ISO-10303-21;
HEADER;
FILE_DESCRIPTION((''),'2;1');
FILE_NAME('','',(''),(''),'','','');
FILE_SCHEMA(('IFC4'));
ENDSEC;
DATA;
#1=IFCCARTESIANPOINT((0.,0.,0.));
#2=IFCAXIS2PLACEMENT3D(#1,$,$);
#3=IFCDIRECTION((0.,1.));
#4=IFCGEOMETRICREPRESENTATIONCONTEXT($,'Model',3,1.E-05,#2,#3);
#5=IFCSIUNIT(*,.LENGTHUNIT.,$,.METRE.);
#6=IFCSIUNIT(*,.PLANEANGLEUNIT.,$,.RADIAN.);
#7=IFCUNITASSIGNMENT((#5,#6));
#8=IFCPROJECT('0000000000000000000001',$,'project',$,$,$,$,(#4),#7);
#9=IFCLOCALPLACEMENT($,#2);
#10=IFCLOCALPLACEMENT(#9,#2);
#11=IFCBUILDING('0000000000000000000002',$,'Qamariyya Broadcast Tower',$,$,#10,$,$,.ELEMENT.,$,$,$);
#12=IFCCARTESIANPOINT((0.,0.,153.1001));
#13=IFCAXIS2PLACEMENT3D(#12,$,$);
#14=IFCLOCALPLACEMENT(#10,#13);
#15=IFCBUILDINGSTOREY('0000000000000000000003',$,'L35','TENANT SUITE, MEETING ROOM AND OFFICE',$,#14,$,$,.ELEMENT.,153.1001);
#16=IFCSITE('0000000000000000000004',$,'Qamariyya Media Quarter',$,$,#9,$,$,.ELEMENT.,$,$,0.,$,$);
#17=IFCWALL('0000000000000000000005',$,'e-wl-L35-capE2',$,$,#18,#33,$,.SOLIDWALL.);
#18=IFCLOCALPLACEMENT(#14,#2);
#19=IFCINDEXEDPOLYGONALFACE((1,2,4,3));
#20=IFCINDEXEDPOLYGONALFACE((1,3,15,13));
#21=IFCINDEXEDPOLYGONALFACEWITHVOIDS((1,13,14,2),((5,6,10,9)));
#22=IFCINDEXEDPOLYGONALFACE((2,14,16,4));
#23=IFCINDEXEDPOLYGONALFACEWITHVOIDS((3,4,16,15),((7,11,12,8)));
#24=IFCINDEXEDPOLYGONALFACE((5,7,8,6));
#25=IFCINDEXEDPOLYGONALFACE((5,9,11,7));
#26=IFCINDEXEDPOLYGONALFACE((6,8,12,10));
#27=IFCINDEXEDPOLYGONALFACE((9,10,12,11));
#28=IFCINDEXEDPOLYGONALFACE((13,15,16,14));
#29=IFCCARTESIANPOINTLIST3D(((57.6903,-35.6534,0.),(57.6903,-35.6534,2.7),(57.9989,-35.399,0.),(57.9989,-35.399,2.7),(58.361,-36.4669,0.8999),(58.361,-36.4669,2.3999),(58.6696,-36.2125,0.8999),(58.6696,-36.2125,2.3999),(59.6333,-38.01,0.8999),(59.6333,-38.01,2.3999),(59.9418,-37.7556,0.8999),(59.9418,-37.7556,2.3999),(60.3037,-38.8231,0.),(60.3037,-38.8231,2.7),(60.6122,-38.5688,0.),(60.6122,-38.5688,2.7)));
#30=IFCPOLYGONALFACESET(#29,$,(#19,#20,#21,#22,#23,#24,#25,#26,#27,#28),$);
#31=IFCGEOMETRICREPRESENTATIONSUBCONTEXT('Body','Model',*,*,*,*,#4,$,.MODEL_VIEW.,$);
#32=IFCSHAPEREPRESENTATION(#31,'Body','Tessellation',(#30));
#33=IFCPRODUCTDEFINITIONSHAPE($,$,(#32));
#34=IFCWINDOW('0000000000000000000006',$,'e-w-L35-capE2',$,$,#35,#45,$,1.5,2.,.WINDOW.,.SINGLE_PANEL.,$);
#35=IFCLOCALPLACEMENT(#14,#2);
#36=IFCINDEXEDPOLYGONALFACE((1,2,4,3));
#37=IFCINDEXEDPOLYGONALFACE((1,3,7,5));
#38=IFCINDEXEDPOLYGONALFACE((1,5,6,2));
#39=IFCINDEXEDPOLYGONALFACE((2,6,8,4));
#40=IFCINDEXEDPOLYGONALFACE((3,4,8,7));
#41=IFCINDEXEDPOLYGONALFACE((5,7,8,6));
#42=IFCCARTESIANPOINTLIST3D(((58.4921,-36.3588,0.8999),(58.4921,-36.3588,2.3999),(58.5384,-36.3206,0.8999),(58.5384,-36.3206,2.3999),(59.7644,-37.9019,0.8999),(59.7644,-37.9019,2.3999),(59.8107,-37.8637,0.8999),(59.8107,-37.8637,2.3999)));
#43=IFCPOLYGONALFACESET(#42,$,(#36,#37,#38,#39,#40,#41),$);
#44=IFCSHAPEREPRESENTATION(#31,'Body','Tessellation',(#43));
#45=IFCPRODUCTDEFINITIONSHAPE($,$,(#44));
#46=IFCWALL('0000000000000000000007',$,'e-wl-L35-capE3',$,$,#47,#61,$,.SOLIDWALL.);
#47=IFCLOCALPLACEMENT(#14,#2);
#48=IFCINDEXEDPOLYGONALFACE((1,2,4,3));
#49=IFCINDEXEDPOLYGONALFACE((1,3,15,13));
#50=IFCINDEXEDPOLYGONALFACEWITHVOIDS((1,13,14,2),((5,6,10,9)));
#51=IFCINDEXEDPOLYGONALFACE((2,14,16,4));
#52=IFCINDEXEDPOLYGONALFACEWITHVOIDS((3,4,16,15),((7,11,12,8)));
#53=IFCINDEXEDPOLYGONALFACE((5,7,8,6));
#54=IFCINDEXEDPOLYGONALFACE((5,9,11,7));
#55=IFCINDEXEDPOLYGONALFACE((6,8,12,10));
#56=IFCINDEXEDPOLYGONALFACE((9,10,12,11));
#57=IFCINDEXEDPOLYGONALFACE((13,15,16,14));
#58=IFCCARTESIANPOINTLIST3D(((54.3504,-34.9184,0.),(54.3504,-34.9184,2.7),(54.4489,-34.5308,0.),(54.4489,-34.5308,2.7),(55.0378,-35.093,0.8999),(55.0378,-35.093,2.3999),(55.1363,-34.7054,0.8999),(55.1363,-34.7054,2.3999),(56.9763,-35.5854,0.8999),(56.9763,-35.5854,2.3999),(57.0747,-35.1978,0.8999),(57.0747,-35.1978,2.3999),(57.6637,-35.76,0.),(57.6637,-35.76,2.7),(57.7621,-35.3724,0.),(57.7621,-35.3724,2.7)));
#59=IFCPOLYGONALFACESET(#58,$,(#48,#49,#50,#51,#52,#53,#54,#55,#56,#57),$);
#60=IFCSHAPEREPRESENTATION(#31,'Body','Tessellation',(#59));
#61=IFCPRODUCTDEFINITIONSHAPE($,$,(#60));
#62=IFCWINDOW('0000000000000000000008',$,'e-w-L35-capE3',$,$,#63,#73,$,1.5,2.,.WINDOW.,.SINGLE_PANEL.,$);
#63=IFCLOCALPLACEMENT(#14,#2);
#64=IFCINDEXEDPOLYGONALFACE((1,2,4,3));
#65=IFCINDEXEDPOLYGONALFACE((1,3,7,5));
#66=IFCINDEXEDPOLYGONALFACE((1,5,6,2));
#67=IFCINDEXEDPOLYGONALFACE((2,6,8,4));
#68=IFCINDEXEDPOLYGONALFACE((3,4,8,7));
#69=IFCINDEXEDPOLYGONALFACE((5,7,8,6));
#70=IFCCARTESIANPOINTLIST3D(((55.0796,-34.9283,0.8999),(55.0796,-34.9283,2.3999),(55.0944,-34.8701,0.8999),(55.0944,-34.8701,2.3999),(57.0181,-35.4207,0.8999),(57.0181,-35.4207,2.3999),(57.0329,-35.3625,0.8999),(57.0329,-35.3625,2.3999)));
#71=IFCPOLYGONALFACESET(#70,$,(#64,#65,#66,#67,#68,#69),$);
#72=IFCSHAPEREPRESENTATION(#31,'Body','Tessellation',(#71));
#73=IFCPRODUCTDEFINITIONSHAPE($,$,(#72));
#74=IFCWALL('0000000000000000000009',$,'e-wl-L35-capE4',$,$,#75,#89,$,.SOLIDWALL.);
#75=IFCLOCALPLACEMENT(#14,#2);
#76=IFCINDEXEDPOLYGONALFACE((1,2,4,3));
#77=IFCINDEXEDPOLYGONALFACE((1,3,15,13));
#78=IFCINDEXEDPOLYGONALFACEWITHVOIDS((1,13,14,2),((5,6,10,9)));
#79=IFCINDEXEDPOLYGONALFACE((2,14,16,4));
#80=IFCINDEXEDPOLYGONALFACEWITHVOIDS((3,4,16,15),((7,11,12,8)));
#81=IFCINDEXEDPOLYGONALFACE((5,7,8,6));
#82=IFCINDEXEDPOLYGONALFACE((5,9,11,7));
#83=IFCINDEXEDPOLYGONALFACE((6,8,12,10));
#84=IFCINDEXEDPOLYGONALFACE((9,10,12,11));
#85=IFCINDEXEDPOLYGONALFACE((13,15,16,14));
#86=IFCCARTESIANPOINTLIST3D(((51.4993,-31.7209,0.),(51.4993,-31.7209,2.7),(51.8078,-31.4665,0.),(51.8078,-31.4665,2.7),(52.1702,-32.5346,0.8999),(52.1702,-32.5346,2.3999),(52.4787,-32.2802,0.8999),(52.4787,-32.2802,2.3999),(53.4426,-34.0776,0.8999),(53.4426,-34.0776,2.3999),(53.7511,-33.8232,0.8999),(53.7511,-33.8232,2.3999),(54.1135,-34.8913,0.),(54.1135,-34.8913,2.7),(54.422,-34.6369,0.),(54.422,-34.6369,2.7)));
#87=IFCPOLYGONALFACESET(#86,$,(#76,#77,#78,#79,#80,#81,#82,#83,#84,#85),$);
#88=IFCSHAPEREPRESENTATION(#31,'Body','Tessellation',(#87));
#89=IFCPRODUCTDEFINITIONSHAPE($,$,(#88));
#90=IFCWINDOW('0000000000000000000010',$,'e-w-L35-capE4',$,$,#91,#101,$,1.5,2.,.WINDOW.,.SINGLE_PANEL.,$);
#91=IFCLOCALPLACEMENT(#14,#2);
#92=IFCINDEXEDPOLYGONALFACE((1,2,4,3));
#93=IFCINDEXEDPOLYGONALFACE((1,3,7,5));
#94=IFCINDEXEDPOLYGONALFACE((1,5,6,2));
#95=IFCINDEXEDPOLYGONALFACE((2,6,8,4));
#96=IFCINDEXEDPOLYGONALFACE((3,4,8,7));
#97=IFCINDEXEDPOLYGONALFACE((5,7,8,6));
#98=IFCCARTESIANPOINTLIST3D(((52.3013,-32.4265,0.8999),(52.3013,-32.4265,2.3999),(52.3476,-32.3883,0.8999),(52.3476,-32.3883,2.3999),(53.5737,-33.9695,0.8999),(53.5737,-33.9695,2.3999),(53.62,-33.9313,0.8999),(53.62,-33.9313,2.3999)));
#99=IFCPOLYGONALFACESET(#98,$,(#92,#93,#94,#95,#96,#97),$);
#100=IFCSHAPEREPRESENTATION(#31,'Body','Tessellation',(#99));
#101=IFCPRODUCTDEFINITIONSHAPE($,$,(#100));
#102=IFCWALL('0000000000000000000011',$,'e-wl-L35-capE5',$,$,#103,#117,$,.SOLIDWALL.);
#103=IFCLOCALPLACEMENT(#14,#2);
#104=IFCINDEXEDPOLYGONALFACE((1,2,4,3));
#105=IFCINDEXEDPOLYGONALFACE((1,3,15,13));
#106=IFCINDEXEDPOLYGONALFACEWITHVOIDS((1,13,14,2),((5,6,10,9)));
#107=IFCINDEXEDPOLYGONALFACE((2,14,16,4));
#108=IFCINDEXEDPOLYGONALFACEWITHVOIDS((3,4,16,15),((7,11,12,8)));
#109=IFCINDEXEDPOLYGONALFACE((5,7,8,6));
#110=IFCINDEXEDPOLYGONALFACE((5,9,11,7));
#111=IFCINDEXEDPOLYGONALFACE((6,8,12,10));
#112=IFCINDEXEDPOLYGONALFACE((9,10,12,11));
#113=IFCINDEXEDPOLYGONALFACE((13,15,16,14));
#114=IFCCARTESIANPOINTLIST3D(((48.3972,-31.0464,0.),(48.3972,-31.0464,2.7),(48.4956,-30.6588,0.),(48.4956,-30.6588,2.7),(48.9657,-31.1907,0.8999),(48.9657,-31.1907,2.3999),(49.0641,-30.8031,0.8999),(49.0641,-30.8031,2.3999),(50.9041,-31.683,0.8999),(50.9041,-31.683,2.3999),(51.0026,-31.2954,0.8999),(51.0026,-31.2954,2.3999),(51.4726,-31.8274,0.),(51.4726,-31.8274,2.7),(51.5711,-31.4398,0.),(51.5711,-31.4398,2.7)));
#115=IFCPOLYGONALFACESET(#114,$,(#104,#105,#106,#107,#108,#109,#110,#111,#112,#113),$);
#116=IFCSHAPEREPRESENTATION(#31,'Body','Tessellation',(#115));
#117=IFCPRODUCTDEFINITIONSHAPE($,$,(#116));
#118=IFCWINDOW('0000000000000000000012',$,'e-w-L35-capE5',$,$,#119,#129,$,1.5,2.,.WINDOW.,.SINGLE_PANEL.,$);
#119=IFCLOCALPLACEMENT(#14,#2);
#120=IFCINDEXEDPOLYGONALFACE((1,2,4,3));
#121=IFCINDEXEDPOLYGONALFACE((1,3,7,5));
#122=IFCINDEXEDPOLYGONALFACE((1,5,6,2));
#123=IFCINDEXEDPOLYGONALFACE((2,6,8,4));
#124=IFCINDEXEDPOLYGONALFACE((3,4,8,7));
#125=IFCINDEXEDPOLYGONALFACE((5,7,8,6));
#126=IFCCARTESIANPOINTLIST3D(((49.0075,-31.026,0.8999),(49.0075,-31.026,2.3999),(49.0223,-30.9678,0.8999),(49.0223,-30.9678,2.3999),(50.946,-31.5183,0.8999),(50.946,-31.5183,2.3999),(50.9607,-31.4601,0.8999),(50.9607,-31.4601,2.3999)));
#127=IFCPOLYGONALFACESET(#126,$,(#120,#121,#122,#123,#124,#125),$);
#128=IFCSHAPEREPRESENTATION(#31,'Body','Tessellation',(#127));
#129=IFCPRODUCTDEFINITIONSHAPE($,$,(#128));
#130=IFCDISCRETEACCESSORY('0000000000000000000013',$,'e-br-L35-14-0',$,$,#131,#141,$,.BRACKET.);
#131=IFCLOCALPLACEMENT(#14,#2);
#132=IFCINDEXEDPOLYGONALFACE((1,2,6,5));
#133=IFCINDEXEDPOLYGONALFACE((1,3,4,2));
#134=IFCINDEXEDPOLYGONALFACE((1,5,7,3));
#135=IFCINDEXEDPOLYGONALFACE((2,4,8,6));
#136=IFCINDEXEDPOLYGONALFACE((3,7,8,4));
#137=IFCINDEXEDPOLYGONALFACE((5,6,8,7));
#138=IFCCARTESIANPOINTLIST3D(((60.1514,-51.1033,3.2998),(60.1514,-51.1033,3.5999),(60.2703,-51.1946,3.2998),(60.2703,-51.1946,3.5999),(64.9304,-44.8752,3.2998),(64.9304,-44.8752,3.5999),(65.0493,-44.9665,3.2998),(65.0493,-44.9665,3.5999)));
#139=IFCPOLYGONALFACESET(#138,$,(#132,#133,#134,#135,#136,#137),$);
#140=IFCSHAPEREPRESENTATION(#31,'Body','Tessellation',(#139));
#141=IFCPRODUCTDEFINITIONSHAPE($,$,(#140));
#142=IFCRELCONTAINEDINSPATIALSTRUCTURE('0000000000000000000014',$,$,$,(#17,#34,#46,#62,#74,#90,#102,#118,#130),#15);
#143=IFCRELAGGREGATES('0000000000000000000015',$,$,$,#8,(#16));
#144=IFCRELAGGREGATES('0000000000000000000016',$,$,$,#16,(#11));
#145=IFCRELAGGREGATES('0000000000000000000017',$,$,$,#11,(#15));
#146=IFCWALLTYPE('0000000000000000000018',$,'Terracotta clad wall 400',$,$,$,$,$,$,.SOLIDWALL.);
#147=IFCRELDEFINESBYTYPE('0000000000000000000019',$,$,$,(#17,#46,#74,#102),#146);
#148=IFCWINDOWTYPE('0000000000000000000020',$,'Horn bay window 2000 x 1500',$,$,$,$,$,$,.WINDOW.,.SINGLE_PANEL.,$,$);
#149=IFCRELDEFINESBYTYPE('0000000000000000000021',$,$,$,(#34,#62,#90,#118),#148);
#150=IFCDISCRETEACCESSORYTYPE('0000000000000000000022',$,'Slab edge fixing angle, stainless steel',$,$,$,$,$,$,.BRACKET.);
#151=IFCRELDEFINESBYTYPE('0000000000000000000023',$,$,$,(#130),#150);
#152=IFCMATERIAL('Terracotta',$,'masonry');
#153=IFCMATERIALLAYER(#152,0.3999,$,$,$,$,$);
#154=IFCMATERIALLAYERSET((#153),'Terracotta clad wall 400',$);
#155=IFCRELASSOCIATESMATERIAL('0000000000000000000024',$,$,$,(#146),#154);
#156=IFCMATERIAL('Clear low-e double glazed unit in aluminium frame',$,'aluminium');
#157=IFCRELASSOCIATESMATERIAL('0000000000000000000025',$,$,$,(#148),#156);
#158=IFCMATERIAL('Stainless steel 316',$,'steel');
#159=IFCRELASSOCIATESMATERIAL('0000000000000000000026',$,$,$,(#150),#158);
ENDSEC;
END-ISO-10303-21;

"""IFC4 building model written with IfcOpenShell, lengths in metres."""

from ifc_helpers import new_model, si_unit, direction, frame, frame_2d, origin, origin_2d, place, context, subcontext, project, spatial, rectangle, extrude, material, layer, layer_set, type_object, element, fill, save


model = new_model("IFC4")

# Units and contexts
model_context = context("Model", 3, precision=1e-05, world=origin(), true_north=direction((0.0, 1.0)))
body_context = subcontext(model_context, "Body", "Model", "MODEL_VIEW")
ifc_project = project(units=[si_unit("LENGTHUNIT", "METRE"), si_unit("PLANEANGLEUNIT", "RADIAN")], contexts=[model_context])

# Site, building, storey
site_placement = place(None, origin())
site = spatial("IfcSite", under=ifc_project, at=site_placement, Name="Qamariyya Media Quarter", CompositionType="ELEMENT", RefElevation=0.0)
building_placement = place(site_placement, origin())
building = spatial("IfcBuilding", under=site, at=building_placement, Name="Qamariyya Broadcast Tower", CompositionType="ELEMENT")
storey_placement = place(building_placement, frame((0.0, 0.0, 153.1001)))
storey = spatial("IfcBuildingStorey", under=building, at=storey_placement, Name="L35", Description="TENANT SUITE, MEETING ROOM AND OFFICE", CompositionType="ELEMENT", Elevation=153.1001)

# Walls, openings, windows
ifc_material_1 = material(Name="Terracotta", Category="masonry")
ifc_layer = layer(ifc_material_1, 0.3999)
ifc_layer_set = layer_set([ifc_layer], Name="Terracotta clad wall 400")
wall_type = type_object("IfcWallType", Name="Terracotta clad wall 400", PredefinedType="SOLIDWALL", material=ifc_layer_set)
ifc_material_2 = material(Name="Clear low-e double glazed unit in aluminium frame", Category="aluminium")
window_type = type_object("IfcWindowType", Name="Horn bay window 2000 x 1500", PartitioningType="SINGLE_PANEL", PredefinedType="WINDOW", material=ifc_material_2)
wall_1_placement = place(storey_placement, frame((60.458, -38.696, 0.0), z_axis=(0.0, 0.0, 1.0), x_axis=(-0.636136, 0.771577, 0.0)))
wall_1 = element("IfcWall", 1, at=wall_1_placement, inside=storey, type_object=wall_type, Name="e-wl-L35-capE2", PredefinedType="SOLIDWALL", context=body_context, shape_type="SweptSolid", body=[
    extrude(rectangle(XDim=4.1082, YDim=0.3999, at=frame_2d((2.0542, 0.0))), origin(), (0.0, 0.0, 1.0), 2.7),
])
opening_1_placement = place(wall_1_placement, frame((1.054, 0.0, 0.8999)))
opening_1 = element("IfcOpeningElement", 2, at=opening_1_placement, cuts=wall_1, PredefinedType="OPENING", context=body_context, shape_type="SweptSolid", body=[
    extrude(rectangle(XDim=2.0, YDim=1.5, at=frame_2d((1.0, 0.75))), frame((0.0, 0.21, 0.0), z_axis=(0.0, -1.0, 0.0), x_axis=(1.0, 0.0, 0.0)), (0.0, 0.0, 1.0), 0.4199),
])
window_1_placement = place(opening_1_placement, origin())
window_1 = element("IfcWindow", 3, at=window_1_placement, inside=storey, type_object=window_type, Name="e-w-L35-capE2", OverallHeight=1.5, OverallWidth=2.0, PartitioningType="SINGLE_PANEL", PredefinedType="WINDOW", context=body_context, shape_type="SweptSolid", body=[
    extrude(rectangle(XDim=2.0, YDim=1.5, at=frame_2d((1.0, 0.75))), frame((0.0, 0.03, 0.0), z_axis=(0.0, -1.0, 0.0), x_axis=(1.0, 0.0, 0.0)), (0.0, 0.0, 1.0), 0.0601),
])
fill(opening_1, window_1)
wall_2_placement = place(storey_placement, frame((57.7129, -35.5662, 0.0), z_axis=(0.0, 0.0, 1.0), x_axis=(-0.969224, 0.24618, 0.0)))
wall_2 = element("IfcWall", 4, at=wall_2_placement, inside=storey, type_object=wall_type, Name="e-wl-L35-capE3", PredefinedType="SOLIDWALL", context=body_context, shape_type="SweptSolid", body=[
    extrude(rectangle(XDim=3.4185, YDim=0.3999, at=frame_2d((1.7092, 0.0))), origin(), (0.0, 0.0, 1.0), 2.7),
])
opening_2_placement = place(wall_2_placement, frame((0.7092, 0.0, 0.8999)))
opening_2 = element("IfcOpeningElement", 5, at=opening_2_placement, cuts=wall_2, PredefinedType="OPENING", context=body_context, shape_type="SweptSolid", body=[
    extrude(rectangle(XDim=2.0, YDim=1.5, at=frame_2d((1.0, 0.75))), frame((0.0, 0.21, 0.0), z_axis=(0.0, -1.0, 0.0), x_axis=(1.0, 0.0, 0.0)), (0.0, 0.0, 1.0), 0.4199),
])
window_2_placement = place(opening_2_placement, origin())
window_2 = element("IfcWindow", 6, at=window_2_placement, inside=storey, type_object=window_type, Name="e-w-L35-capE3", OverallHeight=1.5, OverallWidth=2.0, PartitioningType="SINGLE_PANEL", PredefinedType="WINDOW", context=body_context, shape_type="SweptSolid", body=[
    extrude(rectangle(XDim=2.0, YDim=1.5, at=frame_2d((1.0, 0.75))), frame((0.0, 0.03, 0.0), z_axis=(0.0, -1.0, 0.0), x_axis=(1.0, 0.0, 0.0)), (0.0, 0.0, 1.0), 0.0601),
])
fill(opening_2, window_2)
wall_3_placement = place(storey_placement, frame((54.2678, -34.7642, 0.0), z_axis=(0.0, 0.0, 1.0), x_axis=(-0.63619, 0.771532, 0.0)))
wall_3 = element("IfcWall", 7, at=wall_3_placement, inside=storey, type_object=wall_type, Name="e-wl-L35-capE4", PredefinedType="SOLIDWALL", context=body_context, shape_type="SweptSolid", body=[
    extrude(rectangle(XDim=4.1091, YDim=0.3999, at=frame_2d((2.0547, 0.0))), origin(), (0.0, 0.0, 1.0), 2.7),
])
opening_3_placement = place(wall_3_placement, frame((1.0547, 0.0, 0.8999)))
opening_3 = element("IfcOpeningElement", 8, at=opening_3_placement, cuts=wall_3, PredefinedType="OPENING", context=body_context, shape_type="SweptSolid", body=[
    extrude(rectangle(XDim=2.0, YDim=1.5, at=frame_2d((1.0, 0.75))), frame((0.0, 0.21, 0.0), z_axis=(0.0, -1.0, 0.0), x_axis=(1.0, 0.0, 0.0)), (0.0, 0.0, 1.0), 0.4199),
])
window_3_placement = place(opening_3_placement, origin())
window_3 = element("IfcWindow", 9, at=window_3_placement, inside=storey, type_object=window_type, Name="e-w-L35-capE4", OverallHeight=1.5, OverallWidth=2.0, PartitioningType="SINGLE_PANEL", PredefinedType="WINDOW", context=body_context, shape_type="SweptSolid", body=[
    extrude(rectangle(XDim=2.0, YDim=1.5, at=frame_2d((1.0, 0.75))), frame((0.0, 0.03, 0.0), z_axis=(0.0, -1.0, 0.0), x_axis=(1.0, 0.0, 0.0)), (0.0, 0.0, 1.0), 0.0601),
])
fill(opening_3, window_3)
wall_4_placement = place(storey_placement, frame((51.5217, -31.6335, 0.0), z_axis=(0.0, 0.0, 1.0), x_axis=(-0.969235, 0.246137, 0.0)))
wall_4 = element("IfcWall", 10, at=wall_4_placement, inside=storey, type_object=wall_type, Name="e-wl-L35-capE5", PredefinedType="SOLIDWALL", context=body_context, shape_type="SweptSolid", body=[
    extrude(rectangle(XDim=3.1731, YDim=0.3999, at=frame_2d((1.5864, 0.0))), origin(), (0.0, 0.0, 1.0), 2.7),
])
opening_4_placement = place(wall_4_placement, frame((0.5864, 0.0, 0.8999)))
opening_4 = element("IfcOpeningElement", 11, at=opening_4_placement, cuts=wall_4, PredefinedType="OPENING", context=body_context, shape_type="SweptSolid", body=[
    extrude(rectangle(XDim=2.0, YDim=1.5, at=frame_2d((1.0, 0.75))), frame((0.0, 0.21, 0.0), z_axis=(0.0, -1.0, 0.0), x_axis=(1.0, 0.0, 0.0)), (0.0, 0.0, 1.0), 0.4199),
])
window_4_placement = place(opening_4_placement, origin())
window_4 = element("IfcWindow", 12, at=window_4_placement, inside=storey, type_object=window_type, Name="e-w-L35-capE5", OverallHeight=1.5, OverallWidth=2.0, PartitioningType="SINGLE_PANEL", PredefinedType="WINDOW", context=body_context, shape_type="SweptSolid", body=[
    extrude(rectangle(XDim=2.0, YDim=1.5, at=frame_2d((1.0, 0.75))), frame((0.0, 0.03, 0.0), z_axis=(0.0, -1.0, 0.0), x_axis=(1.0, 0.0, 0.0)), (0.0, 0.0, 1.0), 0.0601),
])
fill(opening_4, window_4)

# Discrete accessory
ifc_material_3 = material(Name="Stainless steel 316", Category="steel")
discrete_accessory_type = type_object("IfcDiscreteAccessoryType", Name="Slab edge fixing angle, stainless steel", PredefinedType="BRACKET", material=ifc_material_3)
discrete_accessory_placement = place(storey_placement, frame((62.6003, -48.0349, 3.2998), z_axis=(0.0, 0.0, 1.0), x_axis=(0.608761, 0.793353, 0.0)))
element("IfcDiscreteAccessory", 13, at=discrete_accessory_placement, inside=storey, type_object=discrete_accessory_type, Name="e-br-L35-14-0", PredefinedType="BRACKET", context=body_context, shape_type="SweptSolid", body=[
    extrude(rectangle(XDim=7.8503, YDim=0.1499, at=origin_2d()), origin(), (0.0, 0.0, 1.0), 0.3),
])

save(model, "model.ifc")
